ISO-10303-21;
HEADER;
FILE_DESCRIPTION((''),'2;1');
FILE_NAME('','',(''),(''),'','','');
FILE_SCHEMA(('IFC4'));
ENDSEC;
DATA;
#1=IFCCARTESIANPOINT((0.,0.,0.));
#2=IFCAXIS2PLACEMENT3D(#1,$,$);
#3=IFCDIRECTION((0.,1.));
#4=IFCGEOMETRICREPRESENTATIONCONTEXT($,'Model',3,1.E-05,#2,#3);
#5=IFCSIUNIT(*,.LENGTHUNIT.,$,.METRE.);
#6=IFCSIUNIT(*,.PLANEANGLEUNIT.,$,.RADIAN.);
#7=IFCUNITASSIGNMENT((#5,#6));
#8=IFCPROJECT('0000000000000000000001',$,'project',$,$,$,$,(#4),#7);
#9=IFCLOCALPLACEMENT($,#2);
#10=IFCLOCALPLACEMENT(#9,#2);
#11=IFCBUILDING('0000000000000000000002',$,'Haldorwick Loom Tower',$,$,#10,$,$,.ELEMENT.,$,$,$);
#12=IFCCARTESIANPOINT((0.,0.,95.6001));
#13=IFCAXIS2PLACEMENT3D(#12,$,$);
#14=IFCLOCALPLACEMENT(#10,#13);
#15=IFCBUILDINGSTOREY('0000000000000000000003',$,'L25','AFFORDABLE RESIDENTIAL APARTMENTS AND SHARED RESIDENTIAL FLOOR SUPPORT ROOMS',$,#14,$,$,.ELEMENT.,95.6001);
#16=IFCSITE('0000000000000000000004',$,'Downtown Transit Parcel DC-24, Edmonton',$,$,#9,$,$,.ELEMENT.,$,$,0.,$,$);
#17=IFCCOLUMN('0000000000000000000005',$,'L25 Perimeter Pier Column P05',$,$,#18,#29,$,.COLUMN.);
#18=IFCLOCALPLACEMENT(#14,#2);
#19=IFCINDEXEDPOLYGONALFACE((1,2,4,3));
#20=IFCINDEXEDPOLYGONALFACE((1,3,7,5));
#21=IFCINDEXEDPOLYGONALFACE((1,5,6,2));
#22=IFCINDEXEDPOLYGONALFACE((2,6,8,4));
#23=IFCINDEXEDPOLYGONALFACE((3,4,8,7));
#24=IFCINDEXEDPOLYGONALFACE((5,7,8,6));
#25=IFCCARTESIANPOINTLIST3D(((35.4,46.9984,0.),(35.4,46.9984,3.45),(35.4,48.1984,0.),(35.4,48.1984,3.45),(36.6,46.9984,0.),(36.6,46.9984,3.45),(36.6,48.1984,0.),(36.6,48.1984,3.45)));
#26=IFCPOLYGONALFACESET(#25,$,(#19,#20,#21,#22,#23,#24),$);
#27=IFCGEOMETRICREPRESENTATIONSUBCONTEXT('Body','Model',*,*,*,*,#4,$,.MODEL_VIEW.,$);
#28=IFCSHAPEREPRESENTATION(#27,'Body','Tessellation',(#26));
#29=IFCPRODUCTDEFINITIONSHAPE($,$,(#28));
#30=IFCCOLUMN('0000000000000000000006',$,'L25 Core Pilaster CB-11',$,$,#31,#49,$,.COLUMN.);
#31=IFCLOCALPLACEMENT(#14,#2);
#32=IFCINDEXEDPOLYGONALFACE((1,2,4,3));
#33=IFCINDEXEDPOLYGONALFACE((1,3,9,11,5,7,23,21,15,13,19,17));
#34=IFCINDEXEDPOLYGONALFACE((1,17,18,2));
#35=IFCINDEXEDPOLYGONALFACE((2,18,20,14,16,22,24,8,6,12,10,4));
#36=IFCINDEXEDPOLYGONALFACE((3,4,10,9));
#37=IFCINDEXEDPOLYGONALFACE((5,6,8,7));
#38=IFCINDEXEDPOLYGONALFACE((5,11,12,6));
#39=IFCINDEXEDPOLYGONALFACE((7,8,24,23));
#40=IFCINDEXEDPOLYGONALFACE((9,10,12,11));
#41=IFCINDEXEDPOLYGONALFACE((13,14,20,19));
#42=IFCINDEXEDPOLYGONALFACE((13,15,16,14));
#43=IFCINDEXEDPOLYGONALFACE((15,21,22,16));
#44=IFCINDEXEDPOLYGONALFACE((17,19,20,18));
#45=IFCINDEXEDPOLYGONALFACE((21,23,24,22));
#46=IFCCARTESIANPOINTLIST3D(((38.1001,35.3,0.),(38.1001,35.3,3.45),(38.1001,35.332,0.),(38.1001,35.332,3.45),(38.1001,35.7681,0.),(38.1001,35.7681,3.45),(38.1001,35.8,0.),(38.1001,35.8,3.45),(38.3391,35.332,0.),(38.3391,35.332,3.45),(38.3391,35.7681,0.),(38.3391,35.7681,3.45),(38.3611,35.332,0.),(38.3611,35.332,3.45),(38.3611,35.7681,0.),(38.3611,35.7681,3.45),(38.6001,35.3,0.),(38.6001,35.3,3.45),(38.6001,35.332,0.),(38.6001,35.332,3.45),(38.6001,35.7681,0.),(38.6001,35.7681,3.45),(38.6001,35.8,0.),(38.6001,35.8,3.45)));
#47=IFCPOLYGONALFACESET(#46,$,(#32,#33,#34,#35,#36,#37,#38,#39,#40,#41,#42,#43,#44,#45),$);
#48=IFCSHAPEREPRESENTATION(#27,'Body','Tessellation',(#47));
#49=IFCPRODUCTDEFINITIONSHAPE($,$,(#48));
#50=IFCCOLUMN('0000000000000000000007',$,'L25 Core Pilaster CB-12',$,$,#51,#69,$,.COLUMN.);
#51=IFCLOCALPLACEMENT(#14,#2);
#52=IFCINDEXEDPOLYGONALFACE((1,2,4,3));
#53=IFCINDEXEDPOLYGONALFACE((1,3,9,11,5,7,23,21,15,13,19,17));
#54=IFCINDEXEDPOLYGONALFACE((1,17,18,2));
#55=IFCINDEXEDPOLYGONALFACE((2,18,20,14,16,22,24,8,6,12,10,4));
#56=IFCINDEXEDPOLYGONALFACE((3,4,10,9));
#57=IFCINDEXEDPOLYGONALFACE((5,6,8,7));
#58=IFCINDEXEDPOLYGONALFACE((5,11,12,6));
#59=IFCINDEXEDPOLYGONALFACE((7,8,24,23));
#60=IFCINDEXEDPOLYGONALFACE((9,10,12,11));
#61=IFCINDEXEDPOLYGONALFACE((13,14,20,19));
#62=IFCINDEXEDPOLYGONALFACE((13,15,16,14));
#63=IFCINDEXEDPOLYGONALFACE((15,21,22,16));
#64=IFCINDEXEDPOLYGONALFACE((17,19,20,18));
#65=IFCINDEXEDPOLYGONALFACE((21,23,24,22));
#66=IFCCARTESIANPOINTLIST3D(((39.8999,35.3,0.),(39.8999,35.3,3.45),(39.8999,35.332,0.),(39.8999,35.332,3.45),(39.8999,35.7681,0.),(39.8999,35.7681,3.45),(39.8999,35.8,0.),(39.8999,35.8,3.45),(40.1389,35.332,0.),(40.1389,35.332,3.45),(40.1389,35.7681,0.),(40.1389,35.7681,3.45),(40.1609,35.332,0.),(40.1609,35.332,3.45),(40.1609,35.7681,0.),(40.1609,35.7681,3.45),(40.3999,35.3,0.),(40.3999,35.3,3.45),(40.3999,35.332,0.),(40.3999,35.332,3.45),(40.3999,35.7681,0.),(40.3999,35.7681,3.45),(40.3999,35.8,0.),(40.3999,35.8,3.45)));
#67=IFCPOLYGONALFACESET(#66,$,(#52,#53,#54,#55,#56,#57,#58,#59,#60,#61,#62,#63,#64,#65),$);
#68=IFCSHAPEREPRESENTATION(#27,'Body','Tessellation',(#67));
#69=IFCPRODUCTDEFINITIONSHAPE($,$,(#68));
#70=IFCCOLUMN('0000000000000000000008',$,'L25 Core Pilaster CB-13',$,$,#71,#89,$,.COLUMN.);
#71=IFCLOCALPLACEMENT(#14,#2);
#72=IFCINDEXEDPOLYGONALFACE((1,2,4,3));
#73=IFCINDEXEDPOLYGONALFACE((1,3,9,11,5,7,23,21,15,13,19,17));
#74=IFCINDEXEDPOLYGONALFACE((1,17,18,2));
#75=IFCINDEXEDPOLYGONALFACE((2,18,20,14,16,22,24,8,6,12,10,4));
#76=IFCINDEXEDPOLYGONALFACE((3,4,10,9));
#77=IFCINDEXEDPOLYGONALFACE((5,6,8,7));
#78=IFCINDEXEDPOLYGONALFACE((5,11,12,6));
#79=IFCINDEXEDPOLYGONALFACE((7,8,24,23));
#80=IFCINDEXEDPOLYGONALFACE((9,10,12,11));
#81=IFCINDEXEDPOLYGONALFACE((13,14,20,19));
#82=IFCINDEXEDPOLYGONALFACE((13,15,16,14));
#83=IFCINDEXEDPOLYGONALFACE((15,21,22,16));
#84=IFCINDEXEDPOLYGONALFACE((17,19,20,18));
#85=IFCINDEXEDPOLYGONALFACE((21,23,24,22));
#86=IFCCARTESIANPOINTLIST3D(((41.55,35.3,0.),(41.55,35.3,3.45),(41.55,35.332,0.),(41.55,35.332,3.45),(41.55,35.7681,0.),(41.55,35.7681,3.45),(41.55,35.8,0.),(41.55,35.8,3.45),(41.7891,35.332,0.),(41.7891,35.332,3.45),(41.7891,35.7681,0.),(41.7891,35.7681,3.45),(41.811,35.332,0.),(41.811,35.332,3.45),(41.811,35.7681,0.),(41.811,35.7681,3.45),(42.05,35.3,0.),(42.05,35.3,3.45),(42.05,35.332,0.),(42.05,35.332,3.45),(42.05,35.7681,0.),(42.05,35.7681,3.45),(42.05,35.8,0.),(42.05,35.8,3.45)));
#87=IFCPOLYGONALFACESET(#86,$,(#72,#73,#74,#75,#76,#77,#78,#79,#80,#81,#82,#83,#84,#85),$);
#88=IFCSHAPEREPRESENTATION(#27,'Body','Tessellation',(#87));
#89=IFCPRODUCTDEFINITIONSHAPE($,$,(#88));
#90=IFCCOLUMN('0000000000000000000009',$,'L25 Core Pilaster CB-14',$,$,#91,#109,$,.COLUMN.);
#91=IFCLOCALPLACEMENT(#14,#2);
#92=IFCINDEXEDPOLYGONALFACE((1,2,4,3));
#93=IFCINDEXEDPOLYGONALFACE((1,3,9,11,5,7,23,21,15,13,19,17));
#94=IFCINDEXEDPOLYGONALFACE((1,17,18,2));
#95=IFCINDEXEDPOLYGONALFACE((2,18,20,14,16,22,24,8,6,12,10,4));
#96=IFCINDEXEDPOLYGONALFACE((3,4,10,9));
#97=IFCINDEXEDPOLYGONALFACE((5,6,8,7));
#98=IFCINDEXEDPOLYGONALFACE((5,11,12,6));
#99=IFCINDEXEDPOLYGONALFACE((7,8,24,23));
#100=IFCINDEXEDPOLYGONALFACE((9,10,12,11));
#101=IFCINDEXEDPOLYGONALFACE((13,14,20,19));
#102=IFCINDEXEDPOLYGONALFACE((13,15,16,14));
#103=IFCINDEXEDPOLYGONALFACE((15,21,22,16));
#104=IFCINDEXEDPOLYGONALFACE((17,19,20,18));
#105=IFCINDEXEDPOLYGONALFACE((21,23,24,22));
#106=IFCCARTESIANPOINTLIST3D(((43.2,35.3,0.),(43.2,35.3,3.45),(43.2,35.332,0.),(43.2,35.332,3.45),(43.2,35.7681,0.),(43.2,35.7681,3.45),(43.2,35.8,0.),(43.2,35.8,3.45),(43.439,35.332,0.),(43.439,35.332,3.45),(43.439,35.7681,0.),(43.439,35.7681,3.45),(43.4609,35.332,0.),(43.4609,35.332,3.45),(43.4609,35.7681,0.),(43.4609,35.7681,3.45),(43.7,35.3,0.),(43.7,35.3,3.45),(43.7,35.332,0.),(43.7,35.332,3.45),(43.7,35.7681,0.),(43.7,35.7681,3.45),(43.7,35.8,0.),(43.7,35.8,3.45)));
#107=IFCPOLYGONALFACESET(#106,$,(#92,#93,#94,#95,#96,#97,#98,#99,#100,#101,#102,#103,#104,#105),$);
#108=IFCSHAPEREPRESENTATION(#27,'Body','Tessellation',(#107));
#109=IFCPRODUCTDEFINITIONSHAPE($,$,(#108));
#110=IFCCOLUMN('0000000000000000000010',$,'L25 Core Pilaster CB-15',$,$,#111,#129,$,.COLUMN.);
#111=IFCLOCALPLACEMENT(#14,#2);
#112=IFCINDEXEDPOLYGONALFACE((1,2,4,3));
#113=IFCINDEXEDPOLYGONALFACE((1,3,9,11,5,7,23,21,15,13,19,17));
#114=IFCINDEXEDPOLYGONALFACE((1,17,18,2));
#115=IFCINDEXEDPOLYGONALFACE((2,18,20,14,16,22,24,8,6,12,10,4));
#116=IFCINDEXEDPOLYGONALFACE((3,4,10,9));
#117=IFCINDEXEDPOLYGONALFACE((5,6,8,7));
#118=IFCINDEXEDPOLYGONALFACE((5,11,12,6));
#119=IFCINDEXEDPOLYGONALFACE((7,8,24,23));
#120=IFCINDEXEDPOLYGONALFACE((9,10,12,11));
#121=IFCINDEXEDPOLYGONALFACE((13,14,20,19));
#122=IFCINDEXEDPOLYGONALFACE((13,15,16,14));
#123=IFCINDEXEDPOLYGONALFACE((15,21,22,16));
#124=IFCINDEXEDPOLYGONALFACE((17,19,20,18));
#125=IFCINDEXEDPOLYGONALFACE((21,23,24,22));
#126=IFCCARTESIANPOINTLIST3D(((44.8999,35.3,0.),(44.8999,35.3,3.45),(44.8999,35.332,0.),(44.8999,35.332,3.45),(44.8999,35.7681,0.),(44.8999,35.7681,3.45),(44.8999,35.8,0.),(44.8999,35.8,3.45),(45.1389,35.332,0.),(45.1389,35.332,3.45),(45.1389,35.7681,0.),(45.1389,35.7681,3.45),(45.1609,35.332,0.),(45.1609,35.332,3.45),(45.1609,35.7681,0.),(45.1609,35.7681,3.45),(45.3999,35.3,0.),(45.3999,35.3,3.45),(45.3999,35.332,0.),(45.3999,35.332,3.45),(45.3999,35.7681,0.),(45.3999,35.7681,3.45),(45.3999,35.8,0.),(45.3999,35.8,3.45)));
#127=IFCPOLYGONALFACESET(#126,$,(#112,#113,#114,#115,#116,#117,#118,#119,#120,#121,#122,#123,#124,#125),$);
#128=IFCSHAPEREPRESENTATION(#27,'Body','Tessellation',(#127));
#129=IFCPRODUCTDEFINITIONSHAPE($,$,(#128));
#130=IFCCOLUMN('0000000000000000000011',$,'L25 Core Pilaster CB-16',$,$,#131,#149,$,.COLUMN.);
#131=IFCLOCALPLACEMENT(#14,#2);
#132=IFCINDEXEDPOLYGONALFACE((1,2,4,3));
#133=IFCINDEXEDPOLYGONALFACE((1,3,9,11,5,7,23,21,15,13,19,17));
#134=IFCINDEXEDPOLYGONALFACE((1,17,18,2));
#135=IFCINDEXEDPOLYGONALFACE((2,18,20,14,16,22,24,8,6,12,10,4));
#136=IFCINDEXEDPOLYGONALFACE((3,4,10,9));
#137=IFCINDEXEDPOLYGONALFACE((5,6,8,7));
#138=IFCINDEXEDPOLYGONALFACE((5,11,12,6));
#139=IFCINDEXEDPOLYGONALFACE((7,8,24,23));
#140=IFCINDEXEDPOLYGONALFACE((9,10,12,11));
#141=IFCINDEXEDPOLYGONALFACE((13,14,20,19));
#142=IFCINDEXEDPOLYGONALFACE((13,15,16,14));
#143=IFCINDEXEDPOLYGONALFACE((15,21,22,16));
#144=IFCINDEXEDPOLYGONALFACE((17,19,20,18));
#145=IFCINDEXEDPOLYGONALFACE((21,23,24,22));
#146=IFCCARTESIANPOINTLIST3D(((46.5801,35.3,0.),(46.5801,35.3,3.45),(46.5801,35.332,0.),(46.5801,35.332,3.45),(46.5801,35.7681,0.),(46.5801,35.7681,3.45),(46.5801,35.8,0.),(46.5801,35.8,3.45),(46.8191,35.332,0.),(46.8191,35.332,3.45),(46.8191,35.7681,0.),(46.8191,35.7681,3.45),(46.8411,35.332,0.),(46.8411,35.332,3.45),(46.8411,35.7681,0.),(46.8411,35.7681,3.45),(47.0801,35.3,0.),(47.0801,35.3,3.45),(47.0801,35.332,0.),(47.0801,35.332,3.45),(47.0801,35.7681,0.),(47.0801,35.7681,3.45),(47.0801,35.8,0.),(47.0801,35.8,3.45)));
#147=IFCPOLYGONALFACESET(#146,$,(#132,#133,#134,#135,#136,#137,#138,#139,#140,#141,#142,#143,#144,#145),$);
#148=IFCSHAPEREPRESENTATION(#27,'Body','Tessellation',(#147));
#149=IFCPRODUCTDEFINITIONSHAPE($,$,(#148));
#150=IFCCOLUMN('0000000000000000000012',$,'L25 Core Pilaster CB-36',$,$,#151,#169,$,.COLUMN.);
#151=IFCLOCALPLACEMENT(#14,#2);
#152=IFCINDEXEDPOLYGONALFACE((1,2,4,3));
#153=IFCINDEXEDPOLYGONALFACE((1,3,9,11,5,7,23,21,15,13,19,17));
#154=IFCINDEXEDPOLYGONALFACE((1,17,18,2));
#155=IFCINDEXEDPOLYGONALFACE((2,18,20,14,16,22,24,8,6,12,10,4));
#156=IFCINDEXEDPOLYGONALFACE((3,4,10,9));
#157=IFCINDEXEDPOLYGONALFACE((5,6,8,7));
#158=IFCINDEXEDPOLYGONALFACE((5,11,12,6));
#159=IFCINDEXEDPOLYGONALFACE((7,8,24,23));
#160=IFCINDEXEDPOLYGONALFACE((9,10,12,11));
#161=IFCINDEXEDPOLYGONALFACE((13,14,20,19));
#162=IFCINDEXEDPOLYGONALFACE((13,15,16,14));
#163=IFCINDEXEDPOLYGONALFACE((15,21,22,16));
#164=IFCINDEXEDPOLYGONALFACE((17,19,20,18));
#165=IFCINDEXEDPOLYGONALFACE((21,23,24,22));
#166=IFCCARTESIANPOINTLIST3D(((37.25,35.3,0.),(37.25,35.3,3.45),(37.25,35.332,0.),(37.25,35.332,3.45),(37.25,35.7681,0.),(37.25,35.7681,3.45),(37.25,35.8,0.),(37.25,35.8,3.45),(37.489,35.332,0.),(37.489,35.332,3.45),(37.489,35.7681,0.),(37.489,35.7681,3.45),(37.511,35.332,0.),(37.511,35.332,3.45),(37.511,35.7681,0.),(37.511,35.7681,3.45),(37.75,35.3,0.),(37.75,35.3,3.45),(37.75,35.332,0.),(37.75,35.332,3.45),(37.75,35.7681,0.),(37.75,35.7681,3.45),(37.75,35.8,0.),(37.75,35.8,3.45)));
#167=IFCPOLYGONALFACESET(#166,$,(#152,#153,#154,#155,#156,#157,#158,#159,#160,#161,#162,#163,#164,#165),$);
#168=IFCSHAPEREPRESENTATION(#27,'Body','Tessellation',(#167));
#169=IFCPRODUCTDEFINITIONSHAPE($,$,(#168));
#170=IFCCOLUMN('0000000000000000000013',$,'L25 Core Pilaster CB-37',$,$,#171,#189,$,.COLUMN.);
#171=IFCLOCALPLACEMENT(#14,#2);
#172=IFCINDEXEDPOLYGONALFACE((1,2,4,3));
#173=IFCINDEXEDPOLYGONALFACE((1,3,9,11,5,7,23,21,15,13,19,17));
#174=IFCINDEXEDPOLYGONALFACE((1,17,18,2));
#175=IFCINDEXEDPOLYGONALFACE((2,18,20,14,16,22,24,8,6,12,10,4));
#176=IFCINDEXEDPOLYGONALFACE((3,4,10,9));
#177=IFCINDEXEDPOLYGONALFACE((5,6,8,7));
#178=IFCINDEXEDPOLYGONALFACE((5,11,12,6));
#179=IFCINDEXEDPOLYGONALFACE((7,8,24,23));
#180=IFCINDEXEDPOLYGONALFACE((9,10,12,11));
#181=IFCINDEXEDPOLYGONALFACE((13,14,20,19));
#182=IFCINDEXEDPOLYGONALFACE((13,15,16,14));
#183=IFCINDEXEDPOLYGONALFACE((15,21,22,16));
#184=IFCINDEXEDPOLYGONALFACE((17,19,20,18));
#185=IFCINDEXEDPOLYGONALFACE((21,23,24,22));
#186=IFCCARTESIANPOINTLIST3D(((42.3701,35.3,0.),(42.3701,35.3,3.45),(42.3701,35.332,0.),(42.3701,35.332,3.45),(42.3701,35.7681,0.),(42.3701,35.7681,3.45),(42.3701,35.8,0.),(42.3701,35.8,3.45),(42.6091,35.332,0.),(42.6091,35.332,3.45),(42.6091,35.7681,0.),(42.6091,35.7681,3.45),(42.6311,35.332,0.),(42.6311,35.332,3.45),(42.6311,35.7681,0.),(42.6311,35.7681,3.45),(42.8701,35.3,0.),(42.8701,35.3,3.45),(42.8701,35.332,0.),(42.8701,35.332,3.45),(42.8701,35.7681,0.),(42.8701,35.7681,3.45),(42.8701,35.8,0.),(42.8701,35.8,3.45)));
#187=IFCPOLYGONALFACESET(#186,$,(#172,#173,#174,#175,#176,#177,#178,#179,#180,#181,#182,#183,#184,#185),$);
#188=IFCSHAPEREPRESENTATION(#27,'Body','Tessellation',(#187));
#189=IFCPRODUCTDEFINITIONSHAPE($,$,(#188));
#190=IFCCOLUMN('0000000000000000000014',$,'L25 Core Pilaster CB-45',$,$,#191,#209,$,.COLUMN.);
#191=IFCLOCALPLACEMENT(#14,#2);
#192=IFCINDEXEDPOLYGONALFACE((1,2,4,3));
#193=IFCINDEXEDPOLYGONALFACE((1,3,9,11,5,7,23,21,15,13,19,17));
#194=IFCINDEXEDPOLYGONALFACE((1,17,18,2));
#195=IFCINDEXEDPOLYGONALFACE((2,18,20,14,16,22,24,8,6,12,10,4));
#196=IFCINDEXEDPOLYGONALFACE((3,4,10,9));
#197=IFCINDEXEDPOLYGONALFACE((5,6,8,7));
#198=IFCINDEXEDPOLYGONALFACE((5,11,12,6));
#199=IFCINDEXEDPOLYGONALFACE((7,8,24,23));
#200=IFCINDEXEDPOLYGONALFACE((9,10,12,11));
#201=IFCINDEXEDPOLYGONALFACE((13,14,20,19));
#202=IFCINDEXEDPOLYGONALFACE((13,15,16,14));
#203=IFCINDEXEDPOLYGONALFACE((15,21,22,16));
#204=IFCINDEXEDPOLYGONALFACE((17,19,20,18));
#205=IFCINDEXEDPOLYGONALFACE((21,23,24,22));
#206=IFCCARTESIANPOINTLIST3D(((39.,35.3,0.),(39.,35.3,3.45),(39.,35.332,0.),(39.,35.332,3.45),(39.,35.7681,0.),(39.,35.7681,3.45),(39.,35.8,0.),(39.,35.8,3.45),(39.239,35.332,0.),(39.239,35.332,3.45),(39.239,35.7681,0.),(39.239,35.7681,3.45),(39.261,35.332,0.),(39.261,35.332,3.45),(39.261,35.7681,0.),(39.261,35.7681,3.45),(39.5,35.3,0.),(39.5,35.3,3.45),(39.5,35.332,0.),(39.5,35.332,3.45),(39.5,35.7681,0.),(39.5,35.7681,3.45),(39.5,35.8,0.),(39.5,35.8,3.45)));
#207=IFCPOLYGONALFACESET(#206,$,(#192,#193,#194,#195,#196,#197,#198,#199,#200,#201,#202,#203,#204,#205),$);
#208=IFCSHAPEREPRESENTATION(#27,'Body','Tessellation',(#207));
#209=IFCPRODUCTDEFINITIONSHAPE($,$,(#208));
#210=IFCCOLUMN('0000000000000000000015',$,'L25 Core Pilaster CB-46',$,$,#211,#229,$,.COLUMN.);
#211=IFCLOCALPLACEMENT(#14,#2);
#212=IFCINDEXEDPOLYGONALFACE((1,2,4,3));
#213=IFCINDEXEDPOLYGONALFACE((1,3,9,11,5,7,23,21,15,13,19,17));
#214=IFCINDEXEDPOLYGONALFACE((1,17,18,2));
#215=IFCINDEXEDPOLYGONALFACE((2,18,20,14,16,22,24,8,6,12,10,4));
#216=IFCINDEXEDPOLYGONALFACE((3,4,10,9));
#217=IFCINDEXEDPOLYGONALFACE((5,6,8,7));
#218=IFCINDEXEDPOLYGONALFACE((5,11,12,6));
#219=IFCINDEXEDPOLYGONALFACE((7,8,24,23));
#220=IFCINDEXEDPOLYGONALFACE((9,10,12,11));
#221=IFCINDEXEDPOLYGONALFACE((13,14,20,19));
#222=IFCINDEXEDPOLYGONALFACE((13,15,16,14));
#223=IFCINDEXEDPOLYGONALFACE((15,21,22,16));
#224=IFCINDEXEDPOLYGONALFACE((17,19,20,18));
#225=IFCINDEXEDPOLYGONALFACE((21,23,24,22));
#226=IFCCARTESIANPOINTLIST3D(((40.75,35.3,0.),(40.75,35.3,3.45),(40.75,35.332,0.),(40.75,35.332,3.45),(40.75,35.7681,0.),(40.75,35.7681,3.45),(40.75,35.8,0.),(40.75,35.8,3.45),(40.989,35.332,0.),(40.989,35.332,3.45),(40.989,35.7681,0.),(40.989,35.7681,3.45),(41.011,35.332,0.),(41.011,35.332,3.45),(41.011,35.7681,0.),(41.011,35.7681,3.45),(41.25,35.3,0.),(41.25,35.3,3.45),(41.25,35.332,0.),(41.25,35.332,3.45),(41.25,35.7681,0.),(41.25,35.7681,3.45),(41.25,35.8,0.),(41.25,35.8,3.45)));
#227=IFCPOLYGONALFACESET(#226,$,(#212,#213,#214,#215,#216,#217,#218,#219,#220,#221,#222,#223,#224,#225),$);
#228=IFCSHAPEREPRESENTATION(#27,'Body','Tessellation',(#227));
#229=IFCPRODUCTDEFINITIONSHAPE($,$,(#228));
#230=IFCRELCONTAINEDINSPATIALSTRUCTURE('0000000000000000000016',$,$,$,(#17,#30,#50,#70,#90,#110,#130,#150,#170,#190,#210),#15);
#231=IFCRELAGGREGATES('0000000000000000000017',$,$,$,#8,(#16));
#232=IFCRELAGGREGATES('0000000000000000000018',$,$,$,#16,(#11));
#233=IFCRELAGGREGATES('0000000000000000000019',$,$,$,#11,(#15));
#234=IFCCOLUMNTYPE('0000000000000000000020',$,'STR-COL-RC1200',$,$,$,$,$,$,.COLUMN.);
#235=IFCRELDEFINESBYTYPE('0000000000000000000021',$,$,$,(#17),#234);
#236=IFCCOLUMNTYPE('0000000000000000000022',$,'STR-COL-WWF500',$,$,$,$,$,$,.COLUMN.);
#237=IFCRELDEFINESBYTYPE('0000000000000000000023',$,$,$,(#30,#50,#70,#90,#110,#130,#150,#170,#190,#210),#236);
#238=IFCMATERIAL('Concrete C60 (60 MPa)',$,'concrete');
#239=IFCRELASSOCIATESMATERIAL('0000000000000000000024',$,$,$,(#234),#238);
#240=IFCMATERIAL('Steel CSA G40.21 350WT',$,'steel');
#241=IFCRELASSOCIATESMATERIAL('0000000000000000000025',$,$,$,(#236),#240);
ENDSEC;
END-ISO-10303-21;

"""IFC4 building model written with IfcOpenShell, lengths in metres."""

from ifc_helpers import new_model, si_unit, direction, frame, origin, origin_2d, place, context, subcontext, project, spatial, rectangle, i_section, extrude, material, material_profile, profile_set, type_object, element, save


model = new_model("IFC4")

# Units and contexts
model_context = context("Model", 3, precision=1e-05, world=origin(), true_north=direction((0.0, 1.0)))
body_context = subcontext(model_context, "Body", "Model", "MODEL_VIEW")
ifc_project = project(units=[si_unit("LENGTHUNIT", "METRE"), si_unit("PLANEANGLEUNIT", "RADIAN")], contexts=[model_context])

# Site, building, storey
site_placement = place(None, origin())
site = spatial("IfcSite", under=ifc_project, at=site_placement, Name="Downtown Transit Parcel DC-24, Edmonton", CompositionType="ELEMENT", RefElevation=0.0)
building_placement = place(site_placement, origin())
building = spatial("IfcBuilding", under=site, at=building_placement, Name="Haldorwick Loom Tower", CompositionType="ELEMENT")
storey_placement = place(building_placement, frame((0.0, 0.0, 95.6001)))
storey = spatial("IfcBuildingStorey", under=building, at=storey_placement, Name="L25", Description="AFFORDABLE RESIDENTIAL APARTMENTS AND SHARED RESIDENTIAL FLOOR SUPPORT ROOMS", CompositionType="ELEMENT", Elevation=95.6001)

# Columns
ifc_material_1 = material(Name="Concrete C60 (60 MPa)", Category="concrete")
ifc_material_profile_1 = material_profile(ifc_material_1, rectangle(XDim=1.2, YDim=1.2, at=origin_2d()), Name="RC1200X1200", Category="concrete")
ifc_profile_set_1 = profile_set([ifc_material_profile_1], Name="Concrete C60 (60 MPa)")
column_type_1 = type_object("IfcColumnType", Name="STR-COL-RC1200", PredefinedType="COLUMN", material=ifc_profile_set_1)
column_placement = place(storey_placement, frame((36.0, 47.5984, 0.0), z_axis=(0.0, 0.0, 1.0), x_axis=(0.0, 1.0, 0.0)))
element("IfcColumn", 1, at=column_placement, inside=storey, type_object=column_type_1, Name="L25 Perimeter Pier Column P05", PredefinedType="COLUMN", context=body_context, shape_type="SweptSolid", body=[
    extrude(rectangle(XDim=1.2, YDim=1.2, at=origin_2d()), origin(), (0.0, 0.0, 1.0), 3.45),
])
ifc_material_2 = material(Name="Steel CSA G40.21 350WT", Category="steel")
ifc_material_profile_2 = material_profile(ifc_material_2, i_section(OverallWidth=0.5, OverallDepth=0.5, WebThickness=0.022, FlangeThickness=0.032, at=origin_2d()), Name="WWF500X500", Category="steel")
ifc_profile_set_2 = profile_set([ifc_material_profile_2], Name="Steel CSA G40.21 350WT")
column_type_2 = type_object("IfcColumnType", Name="STR-COL-WWF500", PredefinedType="COLUMN", material=ifc_profile_set_2)
for number, where, z_axis, x_axis, name in (
    (2, (38.3501, 35.55, 0.0), (0.0, 0.0, 1.0), (1.0, 0.0, 0.0), "L25 Core Pilaster CB-11"),
    (3, (40.1499, 35.55, 0.0), (0.0, 0.0, 1.0), (1.0, 0.0, 0.0), "L25 Core Pilaster CB-12"),
    (4, (41.8, 35.55, 0.0), (0.0, 0.0, 1.0), (1.0, 0.0, 0.0), "L25 Core Pilaster CB-13"),
    (5, (43.45, 35.55, 0.0), (0.0, 0.0, 1.0), (1.0, 0.0, 0.0), "L25 Core Pilaster CB-14"),
    (6, (45.1499, 35.55, 0.0), (0.0, 0.0, 1.0), (1.0, 0.0, 0.0), "L25 Core Pilaster CB-15"),
    (7, (46.8301, 35.55, 0.0), (0.0, 0.0, 1.0), (1.0, 0.0, 0.0), "L25 Core Pilaster CB-16"),
    (8, (37.5, 35.55, 0.0), (0.0, 0.0, 1.0), (1.0, 0.0, 0.0), "L25 Core Pilaster CB-36"),
    (9, (42.6201, 35.55, 0.0), (0.0, 0.0, 1.0), (1.0, 0.0, 0.0), "L25 Core Pilaster CB-37"),
    (10, (39.25, 35.55, 0.0), (0.0, 0.0, 1.0), (1.0, 0.0, 0.0), "L25 Core Pilaster CB-45"),
    (11, (41.0, 35.55, 0.0), (0.0, 0.0, 1.0), (1.0, 0.0, 0.0), "L25 Core Pilaster CB-46"),
):
    element("IfcColumn", number, at=place(storey_placement, frame(where, z_axis=z_axis, x_axis=x_axis)), inside=storey, type_object=column_type_2, Name=name, PredefinedType="COLUMN", context=body_context, shape_type="SweptSolid", body=[
        extrude(i_section(OverallWidth=0.5, OverallDepth=0.5, WebThickness=0.022, FlangeThickness=0.032, at=origin_2d()), origin(), (0.0, 0.0, 1.0), 3.45),
    ])

save(model, "model.ifc")
